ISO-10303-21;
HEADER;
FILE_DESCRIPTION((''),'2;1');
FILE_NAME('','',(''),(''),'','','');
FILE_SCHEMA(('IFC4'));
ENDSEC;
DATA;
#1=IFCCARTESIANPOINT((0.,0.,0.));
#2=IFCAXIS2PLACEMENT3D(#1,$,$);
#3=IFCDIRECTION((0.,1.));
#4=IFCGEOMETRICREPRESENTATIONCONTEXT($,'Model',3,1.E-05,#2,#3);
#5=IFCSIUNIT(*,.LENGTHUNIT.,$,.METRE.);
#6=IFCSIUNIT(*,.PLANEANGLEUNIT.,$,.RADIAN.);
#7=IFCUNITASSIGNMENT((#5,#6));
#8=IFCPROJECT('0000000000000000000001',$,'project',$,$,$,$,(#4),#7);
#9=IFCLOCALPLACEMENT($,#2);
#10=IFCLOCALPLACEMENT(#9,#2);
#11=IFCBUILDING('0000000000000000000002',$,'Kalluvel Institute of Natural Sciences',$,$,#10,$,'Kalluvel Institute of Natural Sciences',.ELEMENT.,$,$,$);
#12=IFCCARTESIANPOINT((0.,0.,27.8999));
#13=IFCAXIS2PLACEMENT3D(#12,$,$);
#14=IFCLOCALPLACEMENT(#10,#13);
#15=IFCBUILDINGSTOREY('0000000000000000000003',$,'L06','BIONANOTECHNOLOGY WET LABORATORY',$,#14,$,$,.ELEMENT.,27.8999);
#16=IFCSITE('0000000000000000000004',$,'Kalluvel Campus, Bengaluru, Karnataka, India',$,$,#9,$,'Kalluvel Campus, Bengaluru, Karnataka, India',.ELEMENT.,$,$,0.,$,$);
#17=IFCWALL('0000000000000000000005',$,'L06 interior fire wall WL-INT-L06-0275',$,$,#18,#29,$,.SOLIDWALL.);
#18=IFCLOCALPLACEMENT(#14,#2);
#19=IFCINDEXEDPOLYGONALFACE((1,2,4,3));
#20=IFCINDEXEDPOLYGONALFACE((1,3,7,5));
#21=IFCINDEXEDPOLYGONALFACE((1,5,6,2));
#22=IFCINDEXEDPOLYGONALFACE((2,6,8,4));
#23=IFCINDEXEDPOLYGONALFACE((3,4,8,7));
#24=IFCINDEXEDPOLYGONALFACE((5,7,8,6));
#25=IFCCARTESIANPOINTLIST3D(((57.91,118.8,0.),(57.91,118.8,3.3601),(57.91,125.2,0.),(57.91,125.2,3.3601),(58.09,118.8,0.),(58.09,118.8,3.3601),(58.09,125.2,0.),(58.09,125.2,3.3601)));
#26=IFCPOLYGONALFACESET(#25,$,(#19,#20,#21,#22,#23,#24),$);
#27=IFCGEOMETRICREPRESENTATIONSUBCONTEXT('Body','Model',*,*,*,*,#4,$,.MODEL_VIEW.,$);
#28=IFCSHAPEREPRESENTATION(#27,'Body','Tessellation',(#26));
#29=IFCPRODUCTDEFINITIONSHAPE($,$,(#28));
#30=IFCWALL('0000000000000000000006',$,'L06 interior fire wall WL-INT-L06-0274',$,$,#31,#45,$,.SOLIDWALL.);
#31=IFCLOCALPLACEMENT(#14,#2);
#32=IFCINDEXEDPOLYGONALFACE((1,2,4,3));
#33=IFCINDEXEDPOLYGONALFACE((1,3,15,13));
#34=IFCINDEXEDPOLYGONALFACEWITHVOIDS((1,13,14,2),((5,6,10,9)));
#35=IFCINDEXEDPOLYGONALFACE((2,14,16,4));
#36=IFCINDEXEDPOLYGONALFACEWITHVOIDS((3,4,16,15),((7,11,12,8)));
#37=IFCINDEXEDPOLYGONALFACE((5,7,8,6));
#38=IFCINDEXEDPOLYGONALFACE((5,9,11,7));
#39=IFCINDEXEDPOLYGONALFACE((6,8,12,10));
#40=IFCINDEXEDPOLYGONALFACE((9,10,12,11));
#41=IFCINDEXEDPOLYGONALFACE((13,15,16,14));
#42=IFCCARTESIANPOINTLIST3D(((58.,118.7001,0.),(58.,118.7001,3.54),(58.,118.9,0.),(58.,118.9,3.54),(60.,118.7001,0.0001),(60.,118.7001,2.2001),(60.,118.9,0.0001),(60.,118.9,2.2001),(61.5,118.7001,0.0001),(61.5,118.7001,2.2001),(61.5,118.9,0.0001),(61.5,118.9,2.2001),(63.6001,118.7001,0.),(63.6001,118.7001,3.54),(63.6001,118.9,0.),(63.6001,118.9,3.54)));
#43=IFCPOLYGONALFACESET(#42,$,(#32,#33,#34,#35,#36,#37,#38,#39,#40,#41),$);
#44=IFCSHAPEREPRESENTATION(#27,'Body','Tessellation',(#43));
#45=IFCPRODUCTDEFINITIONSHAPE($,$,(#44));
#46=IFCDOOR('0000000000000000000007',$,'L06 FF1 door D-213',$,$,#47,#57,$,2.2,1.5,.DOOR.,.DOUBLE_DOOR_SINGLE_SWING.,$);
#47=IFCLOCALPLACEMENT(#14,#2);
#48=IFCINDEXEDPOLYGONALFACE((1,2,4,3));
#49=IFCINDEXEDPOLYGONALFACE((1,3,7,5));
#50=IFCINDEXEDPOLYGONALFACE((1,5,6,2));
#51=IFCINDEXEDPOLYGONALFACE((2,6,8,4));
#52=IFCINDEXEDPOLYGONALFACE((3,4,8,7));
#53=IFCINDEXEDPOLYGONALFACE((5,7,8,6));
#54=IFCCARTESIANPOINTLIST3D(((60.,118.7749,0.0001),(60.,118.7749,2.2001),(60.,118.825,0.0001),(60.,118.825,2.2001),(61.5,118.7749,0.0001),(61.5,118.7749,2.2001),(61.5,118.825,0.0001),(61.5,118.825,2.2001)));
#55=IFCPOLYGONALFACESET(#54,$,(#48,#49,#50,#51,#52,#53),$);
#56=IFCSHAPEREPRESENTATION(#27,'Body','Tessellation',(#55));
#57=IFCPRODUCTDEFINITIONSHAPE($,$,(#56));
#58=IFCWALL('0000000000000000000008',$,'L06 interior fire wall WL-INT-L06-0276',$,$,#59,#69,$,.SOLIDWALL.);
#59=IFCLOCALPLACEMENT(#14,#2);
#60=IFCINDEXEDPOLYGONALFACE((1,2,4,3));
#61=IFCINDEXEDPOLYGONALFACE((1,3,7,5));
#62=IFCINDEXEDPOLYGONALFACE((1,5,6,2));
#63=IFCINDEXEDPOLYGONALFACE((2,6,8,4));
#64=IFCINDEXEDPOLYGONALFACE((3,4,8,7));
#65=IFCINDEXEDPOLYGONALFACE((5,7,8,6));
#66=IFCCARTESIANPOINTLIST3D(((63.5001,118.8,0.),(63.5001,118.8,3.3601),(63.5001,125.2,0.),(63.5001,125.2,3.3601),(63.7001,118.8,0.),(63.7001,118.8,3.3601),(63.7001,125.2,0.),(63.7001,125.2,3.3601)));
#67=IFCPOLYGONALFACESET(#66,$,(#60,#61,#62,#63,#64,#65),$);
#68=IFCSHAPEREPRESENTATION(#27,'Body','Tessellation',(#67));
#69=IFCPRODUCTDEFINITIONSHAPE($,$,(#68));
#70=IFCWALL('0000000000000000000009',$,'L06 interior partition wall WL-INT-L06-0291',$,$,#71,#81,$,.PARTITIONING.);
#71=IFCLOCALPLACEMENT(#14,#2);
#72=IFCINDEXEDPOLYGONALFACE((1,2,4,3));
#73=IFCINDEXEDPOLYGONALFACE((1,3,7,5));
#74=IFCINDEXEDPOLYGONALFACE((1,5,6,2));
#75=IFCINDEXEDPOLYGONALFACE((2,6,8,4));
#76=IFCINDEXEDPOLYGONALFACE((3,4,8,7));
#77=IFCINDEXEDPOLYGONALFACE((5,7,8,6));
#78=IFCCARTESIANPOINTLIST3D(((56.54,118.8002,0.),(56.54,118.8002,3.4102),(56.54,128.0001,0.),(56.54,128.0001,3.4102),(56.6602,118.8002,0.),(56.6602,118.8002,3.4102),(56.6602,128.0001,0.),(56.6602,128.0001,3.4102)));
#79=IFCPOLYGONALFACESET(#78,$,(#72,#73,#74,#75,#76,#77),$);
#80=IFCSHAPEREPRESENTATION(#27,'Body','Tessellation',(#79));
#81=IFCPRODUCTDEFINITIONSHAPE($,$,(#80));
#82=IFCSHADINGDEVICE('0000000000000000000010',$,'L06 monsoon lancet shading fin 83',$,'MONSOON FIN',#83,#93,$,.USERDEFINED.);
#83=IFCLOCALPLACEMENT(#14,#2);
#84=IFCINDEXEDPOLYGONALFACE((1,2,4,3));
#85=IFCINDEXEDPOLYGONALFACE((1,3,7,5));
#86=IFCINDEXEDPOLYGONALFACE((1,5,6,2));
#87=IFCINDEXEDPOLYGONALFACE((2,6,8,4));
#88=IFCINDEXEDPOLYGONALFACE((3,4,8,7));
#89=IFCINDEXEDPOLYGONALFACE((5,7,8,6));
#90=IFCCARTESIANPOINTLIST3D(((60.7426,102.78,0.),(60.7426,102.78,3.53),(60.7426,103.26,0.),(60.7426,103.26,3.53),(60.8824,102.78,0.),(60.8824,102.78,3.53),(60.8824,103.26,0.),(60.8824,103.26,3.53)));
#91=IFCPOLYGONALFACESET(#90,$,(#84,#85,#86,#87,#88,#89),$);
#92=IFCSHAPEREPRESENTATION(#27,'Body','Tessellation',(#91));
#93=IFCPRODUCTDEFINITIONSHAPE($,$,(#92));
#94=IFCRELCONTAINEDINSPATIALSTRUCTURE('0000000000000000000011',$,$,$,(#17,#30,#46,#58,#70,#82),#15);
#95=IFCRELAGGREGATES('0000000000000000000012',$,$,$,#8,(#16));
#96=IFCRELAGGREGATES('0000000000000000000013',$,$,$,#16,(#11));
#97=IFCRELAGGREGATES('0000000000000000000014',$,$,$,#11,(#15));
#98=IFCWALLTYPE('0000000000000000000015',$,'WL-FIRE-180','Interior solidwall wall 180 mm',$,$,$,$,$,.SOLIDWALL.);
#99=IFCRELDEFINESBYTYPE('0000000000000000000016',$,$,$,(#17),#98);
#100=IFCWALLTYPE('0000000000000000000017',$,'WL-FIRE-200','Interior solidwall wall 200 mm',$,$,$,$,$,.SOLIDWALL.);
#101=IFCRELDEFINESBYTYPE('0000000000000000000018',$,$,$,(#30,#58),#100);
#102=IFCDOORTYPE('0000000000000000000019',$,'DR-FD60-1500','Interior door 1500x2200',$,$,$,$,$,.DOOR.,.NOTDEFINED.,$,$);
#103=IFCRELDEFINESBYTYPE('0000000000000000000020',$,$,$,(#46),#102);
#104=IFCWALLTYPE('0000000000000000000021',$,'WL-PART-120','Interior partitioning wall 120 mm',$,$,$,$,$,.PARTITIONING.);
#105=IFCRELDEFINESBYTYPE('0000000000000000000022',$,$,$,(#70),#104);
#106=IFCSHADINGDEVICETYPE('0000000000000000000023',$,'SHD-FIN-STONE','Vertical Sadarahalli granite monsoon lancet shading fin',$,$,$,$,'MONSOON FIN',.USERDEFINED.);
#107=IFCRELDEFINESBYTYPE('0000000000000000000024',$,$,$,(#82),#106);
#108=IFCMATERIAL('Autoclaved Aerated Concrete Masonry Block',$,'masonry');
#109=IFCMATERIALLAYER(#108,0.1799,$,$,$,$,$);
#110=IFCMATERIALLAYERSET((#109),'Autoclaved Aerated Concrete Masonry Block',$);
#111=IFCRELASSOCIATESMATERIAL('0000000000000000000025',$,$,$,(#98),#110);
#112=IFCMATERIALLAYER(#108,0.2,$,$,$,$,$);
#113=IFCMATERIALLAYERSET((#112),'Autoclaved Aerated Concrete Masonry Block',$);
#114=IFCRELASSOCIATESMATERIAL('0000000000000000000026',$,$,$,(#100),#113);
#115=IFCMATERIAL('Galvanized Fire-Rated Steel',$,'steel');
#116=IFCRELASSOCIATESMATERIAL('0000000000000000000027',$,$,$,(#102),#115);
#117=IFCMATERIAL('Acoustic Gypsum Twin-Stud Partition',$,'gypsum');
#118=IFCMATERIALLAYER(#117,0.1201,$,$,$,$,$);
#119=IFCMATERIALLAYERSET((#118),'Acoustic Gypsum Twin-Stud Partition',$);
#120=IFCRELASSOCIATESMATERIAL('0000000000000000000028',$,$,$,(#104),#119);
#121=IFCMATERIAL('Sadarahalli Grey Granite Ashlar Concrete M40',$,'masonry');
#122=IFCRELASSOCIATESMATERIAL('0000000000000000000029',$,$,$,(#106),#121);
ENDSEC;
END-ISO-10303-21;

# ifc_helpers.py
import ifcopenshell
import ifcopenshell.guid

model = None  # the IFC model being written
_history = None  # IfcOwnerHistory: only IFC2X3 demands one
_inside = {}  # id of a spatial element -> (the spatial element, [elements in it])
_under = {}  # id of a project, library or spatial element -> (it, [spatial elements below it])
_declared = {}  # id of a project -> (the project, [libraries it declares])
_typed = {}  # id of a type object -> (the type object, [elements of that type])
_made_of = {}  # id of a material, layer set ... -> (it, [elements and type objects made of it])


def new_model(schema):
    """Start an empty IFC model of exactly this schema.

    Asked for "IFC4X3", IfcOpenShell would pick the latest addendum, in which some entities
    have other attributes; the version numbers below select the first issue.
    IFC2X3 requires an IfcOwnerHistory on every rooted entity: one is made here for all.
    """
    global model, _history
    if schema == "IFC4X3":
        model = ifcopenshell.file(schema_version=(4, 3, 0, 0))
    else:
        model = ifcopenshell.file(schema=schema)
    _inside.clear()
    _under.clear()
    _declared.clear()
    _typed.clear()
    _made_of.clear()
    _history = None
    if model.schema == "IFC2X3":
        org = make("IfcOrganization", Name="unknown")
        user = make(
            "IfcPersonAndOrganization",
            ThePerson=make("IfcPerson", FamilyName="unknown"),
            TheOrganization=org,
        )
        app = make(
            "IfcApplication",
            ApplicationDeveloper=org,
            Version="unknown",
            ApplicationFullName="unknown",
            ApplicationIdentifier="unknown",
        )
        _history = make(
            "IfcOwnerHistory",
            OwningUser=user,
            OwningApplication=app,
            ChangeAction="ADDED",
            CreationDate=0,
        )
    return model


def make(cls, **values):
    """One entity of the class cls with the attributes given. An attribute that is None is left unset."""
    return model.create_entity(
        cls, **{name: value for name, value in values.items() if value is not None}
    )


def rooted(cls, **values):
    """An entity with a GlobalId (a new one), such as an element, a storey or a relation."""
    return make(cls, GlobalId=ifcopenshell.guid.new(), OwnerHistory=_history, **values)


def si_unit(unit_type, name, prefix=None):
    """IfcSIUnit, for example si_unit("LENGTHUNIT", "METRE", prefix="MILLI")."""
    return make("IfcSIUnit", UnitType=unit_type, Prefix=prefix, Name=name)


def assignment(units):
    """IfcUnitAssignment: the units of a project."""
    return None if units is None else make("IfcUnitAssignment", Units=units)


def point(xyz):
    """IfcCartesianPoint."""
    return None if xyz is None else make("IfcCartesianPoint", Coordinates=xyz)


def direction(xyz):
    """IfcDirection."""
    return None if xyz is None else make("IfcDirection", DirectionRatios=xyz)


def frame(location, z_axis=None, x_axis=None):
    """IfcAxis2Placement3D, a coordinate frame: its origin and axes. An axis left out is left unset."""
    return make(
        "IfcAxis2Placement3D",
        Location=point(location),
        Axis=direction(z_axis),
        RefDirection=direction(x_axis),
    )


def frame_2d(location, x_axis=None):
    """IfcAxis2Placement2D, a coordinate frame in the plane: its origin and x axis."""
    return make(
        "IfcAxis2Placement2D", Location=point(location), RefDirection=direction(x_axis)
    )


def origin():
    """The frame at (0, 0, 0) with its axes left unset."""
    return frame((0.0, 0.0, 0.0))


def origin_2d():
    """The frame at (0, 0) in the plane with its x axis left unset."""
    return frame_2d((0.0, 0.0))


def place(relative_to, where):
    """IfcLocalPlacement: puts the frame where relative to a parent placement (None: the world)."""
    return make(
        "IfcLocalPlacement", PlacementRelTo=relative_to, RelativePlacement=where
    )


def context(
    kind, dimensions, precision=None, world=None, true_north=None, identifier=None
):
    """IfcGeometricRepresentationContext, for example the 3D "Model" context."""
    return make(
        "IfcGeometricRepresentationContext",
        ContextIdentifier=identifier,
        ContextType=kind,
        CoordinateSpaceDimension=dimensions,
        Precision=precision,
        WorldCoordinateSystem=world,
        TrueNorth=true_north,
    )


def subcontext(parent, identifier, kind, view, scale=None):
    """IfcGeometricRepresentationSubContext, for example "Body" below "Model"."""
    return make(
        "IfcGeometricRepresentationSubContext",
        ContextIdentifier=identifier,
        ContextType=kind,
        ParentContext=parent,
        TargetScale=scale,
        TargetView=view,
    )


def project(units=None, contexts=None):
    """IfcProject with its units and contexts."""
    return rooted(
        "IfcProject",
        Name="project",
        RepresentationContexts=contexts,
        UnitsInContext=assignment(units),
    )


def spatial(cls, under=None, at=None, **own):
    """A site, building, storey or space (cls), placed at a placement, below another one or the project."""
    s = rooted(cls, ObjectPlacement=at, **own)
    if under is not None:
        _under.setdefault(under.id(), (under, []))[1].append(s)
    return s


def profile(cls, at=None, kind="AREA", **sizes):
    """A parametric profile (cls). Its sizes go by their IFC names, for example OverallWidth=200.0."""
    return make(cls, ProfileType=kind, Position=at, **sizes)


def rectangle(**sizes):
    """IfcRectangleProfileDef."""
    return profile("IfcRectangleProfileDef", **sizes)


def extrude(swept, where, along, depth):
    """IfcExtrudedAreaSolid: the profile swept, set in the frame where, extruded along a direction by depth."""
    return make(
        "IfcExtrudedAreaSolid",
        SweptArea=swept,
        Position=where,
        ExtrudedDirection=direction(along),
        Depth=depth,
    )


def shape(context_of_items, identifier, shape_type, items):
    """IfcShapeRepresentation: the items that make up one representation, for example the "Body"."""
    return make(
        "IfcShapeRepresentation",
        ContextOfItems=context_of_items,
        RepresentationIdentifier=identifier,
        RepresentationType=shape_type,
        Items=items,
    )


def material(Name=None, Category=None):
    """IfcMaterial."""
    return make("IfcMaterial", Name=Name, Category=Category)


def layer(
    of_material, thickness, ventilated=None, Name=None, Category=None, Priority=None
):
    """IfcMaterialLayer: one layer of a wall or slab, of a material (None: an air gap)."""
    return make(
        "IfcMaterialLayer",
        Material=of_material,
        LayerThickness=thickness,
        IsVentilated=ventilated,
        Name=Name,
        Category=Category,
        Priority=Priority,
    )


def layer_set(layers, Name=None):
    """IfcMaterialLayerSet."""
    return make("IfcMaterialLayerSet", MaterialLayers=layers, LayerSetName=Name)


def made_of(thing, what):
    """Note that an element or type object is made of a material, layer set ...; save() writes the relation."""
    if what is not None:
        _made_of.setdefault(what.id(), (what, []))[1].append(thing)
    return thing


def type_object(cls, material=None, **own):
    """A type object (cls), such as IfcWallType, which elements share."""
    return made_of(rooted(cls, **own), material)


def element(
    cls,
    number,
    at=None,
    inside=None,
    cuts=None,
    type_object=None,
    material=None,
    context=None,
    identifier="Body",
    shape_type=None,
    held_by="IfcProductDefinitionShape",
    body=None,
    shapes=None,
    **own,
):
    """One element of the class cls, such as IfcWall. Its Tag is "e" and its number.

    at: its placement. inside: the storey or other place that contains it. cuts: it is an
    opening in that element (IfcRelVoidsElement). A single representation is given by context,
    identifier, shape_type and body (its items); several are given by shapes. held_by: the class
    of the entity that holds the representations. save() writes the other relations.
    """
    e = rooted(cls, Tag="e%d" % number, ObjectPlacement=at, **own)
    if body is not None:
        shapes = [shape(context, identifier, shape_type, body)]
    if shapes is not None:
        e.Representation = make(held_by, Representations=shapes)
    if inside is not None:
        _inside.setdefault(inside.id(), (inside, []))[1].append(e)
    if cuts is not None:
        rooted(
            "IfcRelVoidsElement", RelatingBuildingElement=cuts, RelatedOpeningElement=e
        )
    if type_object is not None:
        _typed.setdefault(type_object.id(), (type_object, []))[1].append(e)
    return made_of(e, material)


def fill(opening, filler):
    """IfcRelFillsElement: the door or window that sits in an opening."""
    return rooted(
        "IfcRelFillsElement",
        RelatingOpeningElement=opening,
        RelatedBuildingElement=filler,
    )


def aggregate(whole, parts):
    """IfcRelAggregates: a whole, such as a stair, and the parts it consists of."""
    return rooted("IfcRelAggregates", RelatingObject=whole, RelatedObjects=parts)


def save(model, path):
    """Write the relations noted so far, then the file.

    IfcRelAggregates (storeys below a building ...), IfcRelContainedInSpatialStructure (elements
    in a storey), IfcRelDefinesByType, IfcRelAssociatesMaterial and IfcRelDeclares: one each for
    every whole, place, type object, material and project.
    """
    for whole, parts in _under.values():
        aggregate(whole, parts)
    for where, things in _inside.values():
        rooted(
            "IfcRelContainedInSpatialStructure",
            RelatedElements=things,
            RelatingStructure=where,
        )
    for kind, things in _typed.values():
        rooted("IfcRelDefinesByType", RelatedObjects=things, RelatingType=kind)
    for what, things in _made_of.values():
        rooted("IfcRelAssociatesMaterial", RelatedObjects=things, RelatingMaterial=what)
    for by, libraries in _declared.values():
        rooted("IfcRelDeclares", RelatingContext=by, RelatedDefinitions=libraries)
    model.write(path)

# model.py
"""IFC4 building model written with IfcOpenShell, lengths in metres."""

from ifc_helpers import new_model, si_unit, direction, frame, frame_2d, origin, origin_2d, place, context, subcontext, project, spatial, rectangle, extrude, material, layer, layer_set, type_object, element, fill, save


model = new_model("IFC4")

# Units and contexts
model_context = context("Model", 3, precision=1e-05, world=origin(), true_north=direction((0.0, 1.0)))
body_context = subcontext(model_context, "Body", "Model", "MODEL_VIEW")
ifc_project = project(units=[si_unit("LENGTHUNIT", "METRE"), si_unit("PLANEANGLEUNIT", "RADIAN")], contexts=[model_context])

# Site, building, storey
site_placement = place(None, origin())
site = spatial("IfcSite", under=ifc_project, at=site_placement, Name="Kalluvel Campus, Bengaluru, Karnataka, India", LongName="Kalluvel Campus, Bengaluru, Karnataka, India", CompositionType="ELEMENT", RefElevation=0.0)
building_placement = place(site_placement, origin())
building = spatial("IfcBuilding", under=site, at=building_placement, Name="Kalluvel Institute of Natural Sciences", LongName="Kalluvel Institute of Natural Sciences", CompositionType="ELEMENT")
storey_placement = place(building_placement, frame((0.0, 0.0, 27.8999)))
storey = spatial("IfcBuildingStorey", under=building, at=storey_placement, Name="L06", Description="BIONANOTECHNOLOGY WET LABORATORY", CompositionType="ELEMENT", Elevation=27.8999)

# Wall
ifc_material_1 = material(Name="Autoclaved Aerated Concrete Masonry Block", Category="masonry")
ifc_layer_1 = layer(ifc_material_1, 0.1799)
ifc_layer_set_1 = layer_set([ifc_layer_1], Name="Autoclaved Aerated Concrete Masonry Block")
wall_type_1 = type_object("IfcWallType", Name="WL-FIRE-180", Description="Interior solidwall wall 180 mm", PredefinedType="SOLIDWALL", material=ifc_layer_set_1)
wall_1_placement = place(storey_placement, frame((58.0, 118.8, 0.0), z_axis=(0.0, 0.0, 1.0), x_axis=(0.0, 1.0, 0.0)))
element("IfcWall", 1, at=wall_1_placement, inside=storey, type_object=wall_type_1, Name="L06 interior fire wall WL-INT-L06-0275", PredefinedType="SOLIDWALL", context=body_context, shape_type="SweptSolid", body=[
    extrude(rectangle(XDim=6.3999, YDim=0.1799, at=frame_2d((3.2, 0.0))), origin(), (0.0, 0.0, 1.0), 3.3601),
])

# Wall, opening, door
ifc_layer_2 = layer(ifc_material_1, 0.2)
ifc_layer_set_2 = layer_set([ifc_layer_2], Name="Autoclaved Aerated Concrete Masonry Block")
wall_type_2 = type_object("IfcWallType", Name="WL-FIRE-200", Description="Interior solidwall wall 200 mm", PredefinedType="SOLIDWALL", material=ifc_layer_set_2)
wall_2_placement = place(storey_placement, frame((58.0, 118.8, 0.0), z_axis=(0.0, 0.0, 1.0), x_axis=(1.0, 0.0, 0.0)))
wall_2 = element("IfcWall", 2, at=wall_2_placement, inside=storey, type_object=wall_type_2, Name="L06 interior fire wall WL-INT-L06-0274", PredefinedType="SOLIDWALL", context=body_context, shape_type="SweptSolid", body=[
    extrude(rectangle(XDim=5.6001, YDim=0.2, at=frame_2d((2.8, 0.0))), origin(), (0.0, 0.0, 1.0), 3.54),
])
opening_placement = place(wall_2_placement, frame((2.0, 0.0, 0.0)))
opening = element("IfcOpeningElement", 3, at=opening_placement, cuts=wall_2, PredefinedType="OPENING", context=body_context, shape_type="SweptSolid", body=[
    extrude(rectangle(XDim=1.5, YDim=2.2, at=frame_2d((0.75, 1.1001))), frame((0.0, 0.1099, 0.0), z_axis=(0.0, -1.0, 0.0), x_axis=(1.0, 0.0, 0.0)), (0.0, 0.0, 1.0), 0.22),
])
ifc_material_2 = material(Name="Galvanized Fire-Rated Steel", Category="steel")
door_type = type_object("IfcDoorType", Name="DR-FD60-1500", Description="Interior door 1500x2200", OperationType="NOTDEFINED", PredefinedType="DOOR", material=ifc_material_2)
door_placement = place(opening_placement, origin())
door = element("IfcDoor", 4, at=door_placement, inside=storey, type_object=door_type, Name="L06 FF1 door D-213", OperationType="DOUBLE_DOOR_SINGLE_SWING", OverallHeight=2.2, OverallWidth=1.5, PredefinedType="DOOR", context=body_context, shape_type="SweptSolid", body=[
    extrude(rectangle(XDim=1.5, YDim=2.2, at=frame_2d((0.75, 1.1001))), frame((0.0, 0.0249, 0.0), z_axis=(0.0, -1.0, 0.0), x_axis=(1.0, 0.0, 0.0)), (0.0, 0.0, 1.0), 0.05),
])
fill(opening, door)

# Walls
wall_3_placement = place(storey_placement, frame((63.6001, 118.8, 0.0), z_axis=(0.0, 0.0, 1.0), x_axis=(0.0, 1.0, 0.0)))
element("IfcWall", 5, at=wall_3_placement, inside=storey, type_object=wall_type_2, Name="L06 interior fire wall WL-INT-L06-0276", PredefinedType="SOLIDWALL", context=body_context, shape_type="SweptSolid", body=[
    extrude(rectangle(XDim=6.3999, YDim=0.2, at=frame_2d((3.2, 0.0))), origin(), (0.0, 0.0, 1.0), 3.3601),
])
ifc_material_3 = material(Name="Acoustic Gypsum Twin-Stud Partition", Category="gypsum")
ifc_layer_3 = layer(ifc_material_3, 0.1201)
ifc_layer_set_3 = layer_set([ifc_layer_3], Name="Acoustic Gypsum Twin-Stud Partition")
wall_type_3 = type_object("IfcWallType", Name="WL-PART-120", Description="Interior partitioning wall 120 mm", PredefinedType="PARTITIONING", material=ifc_layer_set_3)
wall_4_placement = place(storey_placement, frame((56.6001, 118.8, 0.0), z_axis=(0.0, 0.0, 1.0), x_axis=(0.0, 1.0, 0.0)))
element("IfcWall", 6, at=wall_4_placement, inside=storey, type_object=wall_type_3, Name="L06 interior partition wall WL-INT-L06-0291", PredefinedType="PARTITIONING", context=body_context, shape_type="SweptSolid", body=[
    extrude(rectangle(XDim=9.2, YDim=0.1201, at=frame_2d((4.6001, 0.0))), origin(), (0.0, 0.0, 1.0), 3.4102),
])

# Shading device
ifc_material_4 = material(Name="Sadarahalli Grey Granite Ashlar Concrete M40", Category="masonry")
shading_device_type = type_object("IfcShadingDeviceType", Name="SHD-FIN-STONE", Description="Vertical Sadarahalli granite monsoon lancet shading fin", ElementType="MONSOON FIN", PredefinedType="USERDEFINED", material=ifc_material_4)
shading_device_placement = place(storey_placement, frame((60.8125, 103.02, 0.0), z_axis=(0.0, 0.0, 1.0), x_axis=(1.0, 0.0, 0.0)))
element("IfcShadingDevice", 7, at=shading_device_placement, inside=storey, type_object=shading_device_type, Name="L06 monsoon lancet shading fin 83", ObjectType="MONSOON FIN", PredefinedType="USERDEFINED", context=body_context, shape_type="SweptSolid", body=[
    extrude(rectangle(XDim=0.1399, YDim=0.48, at=origin_2d()), origin(), (0.0, 0.0, 1.0), 3.53),
])

save(model, "model.ifc")
